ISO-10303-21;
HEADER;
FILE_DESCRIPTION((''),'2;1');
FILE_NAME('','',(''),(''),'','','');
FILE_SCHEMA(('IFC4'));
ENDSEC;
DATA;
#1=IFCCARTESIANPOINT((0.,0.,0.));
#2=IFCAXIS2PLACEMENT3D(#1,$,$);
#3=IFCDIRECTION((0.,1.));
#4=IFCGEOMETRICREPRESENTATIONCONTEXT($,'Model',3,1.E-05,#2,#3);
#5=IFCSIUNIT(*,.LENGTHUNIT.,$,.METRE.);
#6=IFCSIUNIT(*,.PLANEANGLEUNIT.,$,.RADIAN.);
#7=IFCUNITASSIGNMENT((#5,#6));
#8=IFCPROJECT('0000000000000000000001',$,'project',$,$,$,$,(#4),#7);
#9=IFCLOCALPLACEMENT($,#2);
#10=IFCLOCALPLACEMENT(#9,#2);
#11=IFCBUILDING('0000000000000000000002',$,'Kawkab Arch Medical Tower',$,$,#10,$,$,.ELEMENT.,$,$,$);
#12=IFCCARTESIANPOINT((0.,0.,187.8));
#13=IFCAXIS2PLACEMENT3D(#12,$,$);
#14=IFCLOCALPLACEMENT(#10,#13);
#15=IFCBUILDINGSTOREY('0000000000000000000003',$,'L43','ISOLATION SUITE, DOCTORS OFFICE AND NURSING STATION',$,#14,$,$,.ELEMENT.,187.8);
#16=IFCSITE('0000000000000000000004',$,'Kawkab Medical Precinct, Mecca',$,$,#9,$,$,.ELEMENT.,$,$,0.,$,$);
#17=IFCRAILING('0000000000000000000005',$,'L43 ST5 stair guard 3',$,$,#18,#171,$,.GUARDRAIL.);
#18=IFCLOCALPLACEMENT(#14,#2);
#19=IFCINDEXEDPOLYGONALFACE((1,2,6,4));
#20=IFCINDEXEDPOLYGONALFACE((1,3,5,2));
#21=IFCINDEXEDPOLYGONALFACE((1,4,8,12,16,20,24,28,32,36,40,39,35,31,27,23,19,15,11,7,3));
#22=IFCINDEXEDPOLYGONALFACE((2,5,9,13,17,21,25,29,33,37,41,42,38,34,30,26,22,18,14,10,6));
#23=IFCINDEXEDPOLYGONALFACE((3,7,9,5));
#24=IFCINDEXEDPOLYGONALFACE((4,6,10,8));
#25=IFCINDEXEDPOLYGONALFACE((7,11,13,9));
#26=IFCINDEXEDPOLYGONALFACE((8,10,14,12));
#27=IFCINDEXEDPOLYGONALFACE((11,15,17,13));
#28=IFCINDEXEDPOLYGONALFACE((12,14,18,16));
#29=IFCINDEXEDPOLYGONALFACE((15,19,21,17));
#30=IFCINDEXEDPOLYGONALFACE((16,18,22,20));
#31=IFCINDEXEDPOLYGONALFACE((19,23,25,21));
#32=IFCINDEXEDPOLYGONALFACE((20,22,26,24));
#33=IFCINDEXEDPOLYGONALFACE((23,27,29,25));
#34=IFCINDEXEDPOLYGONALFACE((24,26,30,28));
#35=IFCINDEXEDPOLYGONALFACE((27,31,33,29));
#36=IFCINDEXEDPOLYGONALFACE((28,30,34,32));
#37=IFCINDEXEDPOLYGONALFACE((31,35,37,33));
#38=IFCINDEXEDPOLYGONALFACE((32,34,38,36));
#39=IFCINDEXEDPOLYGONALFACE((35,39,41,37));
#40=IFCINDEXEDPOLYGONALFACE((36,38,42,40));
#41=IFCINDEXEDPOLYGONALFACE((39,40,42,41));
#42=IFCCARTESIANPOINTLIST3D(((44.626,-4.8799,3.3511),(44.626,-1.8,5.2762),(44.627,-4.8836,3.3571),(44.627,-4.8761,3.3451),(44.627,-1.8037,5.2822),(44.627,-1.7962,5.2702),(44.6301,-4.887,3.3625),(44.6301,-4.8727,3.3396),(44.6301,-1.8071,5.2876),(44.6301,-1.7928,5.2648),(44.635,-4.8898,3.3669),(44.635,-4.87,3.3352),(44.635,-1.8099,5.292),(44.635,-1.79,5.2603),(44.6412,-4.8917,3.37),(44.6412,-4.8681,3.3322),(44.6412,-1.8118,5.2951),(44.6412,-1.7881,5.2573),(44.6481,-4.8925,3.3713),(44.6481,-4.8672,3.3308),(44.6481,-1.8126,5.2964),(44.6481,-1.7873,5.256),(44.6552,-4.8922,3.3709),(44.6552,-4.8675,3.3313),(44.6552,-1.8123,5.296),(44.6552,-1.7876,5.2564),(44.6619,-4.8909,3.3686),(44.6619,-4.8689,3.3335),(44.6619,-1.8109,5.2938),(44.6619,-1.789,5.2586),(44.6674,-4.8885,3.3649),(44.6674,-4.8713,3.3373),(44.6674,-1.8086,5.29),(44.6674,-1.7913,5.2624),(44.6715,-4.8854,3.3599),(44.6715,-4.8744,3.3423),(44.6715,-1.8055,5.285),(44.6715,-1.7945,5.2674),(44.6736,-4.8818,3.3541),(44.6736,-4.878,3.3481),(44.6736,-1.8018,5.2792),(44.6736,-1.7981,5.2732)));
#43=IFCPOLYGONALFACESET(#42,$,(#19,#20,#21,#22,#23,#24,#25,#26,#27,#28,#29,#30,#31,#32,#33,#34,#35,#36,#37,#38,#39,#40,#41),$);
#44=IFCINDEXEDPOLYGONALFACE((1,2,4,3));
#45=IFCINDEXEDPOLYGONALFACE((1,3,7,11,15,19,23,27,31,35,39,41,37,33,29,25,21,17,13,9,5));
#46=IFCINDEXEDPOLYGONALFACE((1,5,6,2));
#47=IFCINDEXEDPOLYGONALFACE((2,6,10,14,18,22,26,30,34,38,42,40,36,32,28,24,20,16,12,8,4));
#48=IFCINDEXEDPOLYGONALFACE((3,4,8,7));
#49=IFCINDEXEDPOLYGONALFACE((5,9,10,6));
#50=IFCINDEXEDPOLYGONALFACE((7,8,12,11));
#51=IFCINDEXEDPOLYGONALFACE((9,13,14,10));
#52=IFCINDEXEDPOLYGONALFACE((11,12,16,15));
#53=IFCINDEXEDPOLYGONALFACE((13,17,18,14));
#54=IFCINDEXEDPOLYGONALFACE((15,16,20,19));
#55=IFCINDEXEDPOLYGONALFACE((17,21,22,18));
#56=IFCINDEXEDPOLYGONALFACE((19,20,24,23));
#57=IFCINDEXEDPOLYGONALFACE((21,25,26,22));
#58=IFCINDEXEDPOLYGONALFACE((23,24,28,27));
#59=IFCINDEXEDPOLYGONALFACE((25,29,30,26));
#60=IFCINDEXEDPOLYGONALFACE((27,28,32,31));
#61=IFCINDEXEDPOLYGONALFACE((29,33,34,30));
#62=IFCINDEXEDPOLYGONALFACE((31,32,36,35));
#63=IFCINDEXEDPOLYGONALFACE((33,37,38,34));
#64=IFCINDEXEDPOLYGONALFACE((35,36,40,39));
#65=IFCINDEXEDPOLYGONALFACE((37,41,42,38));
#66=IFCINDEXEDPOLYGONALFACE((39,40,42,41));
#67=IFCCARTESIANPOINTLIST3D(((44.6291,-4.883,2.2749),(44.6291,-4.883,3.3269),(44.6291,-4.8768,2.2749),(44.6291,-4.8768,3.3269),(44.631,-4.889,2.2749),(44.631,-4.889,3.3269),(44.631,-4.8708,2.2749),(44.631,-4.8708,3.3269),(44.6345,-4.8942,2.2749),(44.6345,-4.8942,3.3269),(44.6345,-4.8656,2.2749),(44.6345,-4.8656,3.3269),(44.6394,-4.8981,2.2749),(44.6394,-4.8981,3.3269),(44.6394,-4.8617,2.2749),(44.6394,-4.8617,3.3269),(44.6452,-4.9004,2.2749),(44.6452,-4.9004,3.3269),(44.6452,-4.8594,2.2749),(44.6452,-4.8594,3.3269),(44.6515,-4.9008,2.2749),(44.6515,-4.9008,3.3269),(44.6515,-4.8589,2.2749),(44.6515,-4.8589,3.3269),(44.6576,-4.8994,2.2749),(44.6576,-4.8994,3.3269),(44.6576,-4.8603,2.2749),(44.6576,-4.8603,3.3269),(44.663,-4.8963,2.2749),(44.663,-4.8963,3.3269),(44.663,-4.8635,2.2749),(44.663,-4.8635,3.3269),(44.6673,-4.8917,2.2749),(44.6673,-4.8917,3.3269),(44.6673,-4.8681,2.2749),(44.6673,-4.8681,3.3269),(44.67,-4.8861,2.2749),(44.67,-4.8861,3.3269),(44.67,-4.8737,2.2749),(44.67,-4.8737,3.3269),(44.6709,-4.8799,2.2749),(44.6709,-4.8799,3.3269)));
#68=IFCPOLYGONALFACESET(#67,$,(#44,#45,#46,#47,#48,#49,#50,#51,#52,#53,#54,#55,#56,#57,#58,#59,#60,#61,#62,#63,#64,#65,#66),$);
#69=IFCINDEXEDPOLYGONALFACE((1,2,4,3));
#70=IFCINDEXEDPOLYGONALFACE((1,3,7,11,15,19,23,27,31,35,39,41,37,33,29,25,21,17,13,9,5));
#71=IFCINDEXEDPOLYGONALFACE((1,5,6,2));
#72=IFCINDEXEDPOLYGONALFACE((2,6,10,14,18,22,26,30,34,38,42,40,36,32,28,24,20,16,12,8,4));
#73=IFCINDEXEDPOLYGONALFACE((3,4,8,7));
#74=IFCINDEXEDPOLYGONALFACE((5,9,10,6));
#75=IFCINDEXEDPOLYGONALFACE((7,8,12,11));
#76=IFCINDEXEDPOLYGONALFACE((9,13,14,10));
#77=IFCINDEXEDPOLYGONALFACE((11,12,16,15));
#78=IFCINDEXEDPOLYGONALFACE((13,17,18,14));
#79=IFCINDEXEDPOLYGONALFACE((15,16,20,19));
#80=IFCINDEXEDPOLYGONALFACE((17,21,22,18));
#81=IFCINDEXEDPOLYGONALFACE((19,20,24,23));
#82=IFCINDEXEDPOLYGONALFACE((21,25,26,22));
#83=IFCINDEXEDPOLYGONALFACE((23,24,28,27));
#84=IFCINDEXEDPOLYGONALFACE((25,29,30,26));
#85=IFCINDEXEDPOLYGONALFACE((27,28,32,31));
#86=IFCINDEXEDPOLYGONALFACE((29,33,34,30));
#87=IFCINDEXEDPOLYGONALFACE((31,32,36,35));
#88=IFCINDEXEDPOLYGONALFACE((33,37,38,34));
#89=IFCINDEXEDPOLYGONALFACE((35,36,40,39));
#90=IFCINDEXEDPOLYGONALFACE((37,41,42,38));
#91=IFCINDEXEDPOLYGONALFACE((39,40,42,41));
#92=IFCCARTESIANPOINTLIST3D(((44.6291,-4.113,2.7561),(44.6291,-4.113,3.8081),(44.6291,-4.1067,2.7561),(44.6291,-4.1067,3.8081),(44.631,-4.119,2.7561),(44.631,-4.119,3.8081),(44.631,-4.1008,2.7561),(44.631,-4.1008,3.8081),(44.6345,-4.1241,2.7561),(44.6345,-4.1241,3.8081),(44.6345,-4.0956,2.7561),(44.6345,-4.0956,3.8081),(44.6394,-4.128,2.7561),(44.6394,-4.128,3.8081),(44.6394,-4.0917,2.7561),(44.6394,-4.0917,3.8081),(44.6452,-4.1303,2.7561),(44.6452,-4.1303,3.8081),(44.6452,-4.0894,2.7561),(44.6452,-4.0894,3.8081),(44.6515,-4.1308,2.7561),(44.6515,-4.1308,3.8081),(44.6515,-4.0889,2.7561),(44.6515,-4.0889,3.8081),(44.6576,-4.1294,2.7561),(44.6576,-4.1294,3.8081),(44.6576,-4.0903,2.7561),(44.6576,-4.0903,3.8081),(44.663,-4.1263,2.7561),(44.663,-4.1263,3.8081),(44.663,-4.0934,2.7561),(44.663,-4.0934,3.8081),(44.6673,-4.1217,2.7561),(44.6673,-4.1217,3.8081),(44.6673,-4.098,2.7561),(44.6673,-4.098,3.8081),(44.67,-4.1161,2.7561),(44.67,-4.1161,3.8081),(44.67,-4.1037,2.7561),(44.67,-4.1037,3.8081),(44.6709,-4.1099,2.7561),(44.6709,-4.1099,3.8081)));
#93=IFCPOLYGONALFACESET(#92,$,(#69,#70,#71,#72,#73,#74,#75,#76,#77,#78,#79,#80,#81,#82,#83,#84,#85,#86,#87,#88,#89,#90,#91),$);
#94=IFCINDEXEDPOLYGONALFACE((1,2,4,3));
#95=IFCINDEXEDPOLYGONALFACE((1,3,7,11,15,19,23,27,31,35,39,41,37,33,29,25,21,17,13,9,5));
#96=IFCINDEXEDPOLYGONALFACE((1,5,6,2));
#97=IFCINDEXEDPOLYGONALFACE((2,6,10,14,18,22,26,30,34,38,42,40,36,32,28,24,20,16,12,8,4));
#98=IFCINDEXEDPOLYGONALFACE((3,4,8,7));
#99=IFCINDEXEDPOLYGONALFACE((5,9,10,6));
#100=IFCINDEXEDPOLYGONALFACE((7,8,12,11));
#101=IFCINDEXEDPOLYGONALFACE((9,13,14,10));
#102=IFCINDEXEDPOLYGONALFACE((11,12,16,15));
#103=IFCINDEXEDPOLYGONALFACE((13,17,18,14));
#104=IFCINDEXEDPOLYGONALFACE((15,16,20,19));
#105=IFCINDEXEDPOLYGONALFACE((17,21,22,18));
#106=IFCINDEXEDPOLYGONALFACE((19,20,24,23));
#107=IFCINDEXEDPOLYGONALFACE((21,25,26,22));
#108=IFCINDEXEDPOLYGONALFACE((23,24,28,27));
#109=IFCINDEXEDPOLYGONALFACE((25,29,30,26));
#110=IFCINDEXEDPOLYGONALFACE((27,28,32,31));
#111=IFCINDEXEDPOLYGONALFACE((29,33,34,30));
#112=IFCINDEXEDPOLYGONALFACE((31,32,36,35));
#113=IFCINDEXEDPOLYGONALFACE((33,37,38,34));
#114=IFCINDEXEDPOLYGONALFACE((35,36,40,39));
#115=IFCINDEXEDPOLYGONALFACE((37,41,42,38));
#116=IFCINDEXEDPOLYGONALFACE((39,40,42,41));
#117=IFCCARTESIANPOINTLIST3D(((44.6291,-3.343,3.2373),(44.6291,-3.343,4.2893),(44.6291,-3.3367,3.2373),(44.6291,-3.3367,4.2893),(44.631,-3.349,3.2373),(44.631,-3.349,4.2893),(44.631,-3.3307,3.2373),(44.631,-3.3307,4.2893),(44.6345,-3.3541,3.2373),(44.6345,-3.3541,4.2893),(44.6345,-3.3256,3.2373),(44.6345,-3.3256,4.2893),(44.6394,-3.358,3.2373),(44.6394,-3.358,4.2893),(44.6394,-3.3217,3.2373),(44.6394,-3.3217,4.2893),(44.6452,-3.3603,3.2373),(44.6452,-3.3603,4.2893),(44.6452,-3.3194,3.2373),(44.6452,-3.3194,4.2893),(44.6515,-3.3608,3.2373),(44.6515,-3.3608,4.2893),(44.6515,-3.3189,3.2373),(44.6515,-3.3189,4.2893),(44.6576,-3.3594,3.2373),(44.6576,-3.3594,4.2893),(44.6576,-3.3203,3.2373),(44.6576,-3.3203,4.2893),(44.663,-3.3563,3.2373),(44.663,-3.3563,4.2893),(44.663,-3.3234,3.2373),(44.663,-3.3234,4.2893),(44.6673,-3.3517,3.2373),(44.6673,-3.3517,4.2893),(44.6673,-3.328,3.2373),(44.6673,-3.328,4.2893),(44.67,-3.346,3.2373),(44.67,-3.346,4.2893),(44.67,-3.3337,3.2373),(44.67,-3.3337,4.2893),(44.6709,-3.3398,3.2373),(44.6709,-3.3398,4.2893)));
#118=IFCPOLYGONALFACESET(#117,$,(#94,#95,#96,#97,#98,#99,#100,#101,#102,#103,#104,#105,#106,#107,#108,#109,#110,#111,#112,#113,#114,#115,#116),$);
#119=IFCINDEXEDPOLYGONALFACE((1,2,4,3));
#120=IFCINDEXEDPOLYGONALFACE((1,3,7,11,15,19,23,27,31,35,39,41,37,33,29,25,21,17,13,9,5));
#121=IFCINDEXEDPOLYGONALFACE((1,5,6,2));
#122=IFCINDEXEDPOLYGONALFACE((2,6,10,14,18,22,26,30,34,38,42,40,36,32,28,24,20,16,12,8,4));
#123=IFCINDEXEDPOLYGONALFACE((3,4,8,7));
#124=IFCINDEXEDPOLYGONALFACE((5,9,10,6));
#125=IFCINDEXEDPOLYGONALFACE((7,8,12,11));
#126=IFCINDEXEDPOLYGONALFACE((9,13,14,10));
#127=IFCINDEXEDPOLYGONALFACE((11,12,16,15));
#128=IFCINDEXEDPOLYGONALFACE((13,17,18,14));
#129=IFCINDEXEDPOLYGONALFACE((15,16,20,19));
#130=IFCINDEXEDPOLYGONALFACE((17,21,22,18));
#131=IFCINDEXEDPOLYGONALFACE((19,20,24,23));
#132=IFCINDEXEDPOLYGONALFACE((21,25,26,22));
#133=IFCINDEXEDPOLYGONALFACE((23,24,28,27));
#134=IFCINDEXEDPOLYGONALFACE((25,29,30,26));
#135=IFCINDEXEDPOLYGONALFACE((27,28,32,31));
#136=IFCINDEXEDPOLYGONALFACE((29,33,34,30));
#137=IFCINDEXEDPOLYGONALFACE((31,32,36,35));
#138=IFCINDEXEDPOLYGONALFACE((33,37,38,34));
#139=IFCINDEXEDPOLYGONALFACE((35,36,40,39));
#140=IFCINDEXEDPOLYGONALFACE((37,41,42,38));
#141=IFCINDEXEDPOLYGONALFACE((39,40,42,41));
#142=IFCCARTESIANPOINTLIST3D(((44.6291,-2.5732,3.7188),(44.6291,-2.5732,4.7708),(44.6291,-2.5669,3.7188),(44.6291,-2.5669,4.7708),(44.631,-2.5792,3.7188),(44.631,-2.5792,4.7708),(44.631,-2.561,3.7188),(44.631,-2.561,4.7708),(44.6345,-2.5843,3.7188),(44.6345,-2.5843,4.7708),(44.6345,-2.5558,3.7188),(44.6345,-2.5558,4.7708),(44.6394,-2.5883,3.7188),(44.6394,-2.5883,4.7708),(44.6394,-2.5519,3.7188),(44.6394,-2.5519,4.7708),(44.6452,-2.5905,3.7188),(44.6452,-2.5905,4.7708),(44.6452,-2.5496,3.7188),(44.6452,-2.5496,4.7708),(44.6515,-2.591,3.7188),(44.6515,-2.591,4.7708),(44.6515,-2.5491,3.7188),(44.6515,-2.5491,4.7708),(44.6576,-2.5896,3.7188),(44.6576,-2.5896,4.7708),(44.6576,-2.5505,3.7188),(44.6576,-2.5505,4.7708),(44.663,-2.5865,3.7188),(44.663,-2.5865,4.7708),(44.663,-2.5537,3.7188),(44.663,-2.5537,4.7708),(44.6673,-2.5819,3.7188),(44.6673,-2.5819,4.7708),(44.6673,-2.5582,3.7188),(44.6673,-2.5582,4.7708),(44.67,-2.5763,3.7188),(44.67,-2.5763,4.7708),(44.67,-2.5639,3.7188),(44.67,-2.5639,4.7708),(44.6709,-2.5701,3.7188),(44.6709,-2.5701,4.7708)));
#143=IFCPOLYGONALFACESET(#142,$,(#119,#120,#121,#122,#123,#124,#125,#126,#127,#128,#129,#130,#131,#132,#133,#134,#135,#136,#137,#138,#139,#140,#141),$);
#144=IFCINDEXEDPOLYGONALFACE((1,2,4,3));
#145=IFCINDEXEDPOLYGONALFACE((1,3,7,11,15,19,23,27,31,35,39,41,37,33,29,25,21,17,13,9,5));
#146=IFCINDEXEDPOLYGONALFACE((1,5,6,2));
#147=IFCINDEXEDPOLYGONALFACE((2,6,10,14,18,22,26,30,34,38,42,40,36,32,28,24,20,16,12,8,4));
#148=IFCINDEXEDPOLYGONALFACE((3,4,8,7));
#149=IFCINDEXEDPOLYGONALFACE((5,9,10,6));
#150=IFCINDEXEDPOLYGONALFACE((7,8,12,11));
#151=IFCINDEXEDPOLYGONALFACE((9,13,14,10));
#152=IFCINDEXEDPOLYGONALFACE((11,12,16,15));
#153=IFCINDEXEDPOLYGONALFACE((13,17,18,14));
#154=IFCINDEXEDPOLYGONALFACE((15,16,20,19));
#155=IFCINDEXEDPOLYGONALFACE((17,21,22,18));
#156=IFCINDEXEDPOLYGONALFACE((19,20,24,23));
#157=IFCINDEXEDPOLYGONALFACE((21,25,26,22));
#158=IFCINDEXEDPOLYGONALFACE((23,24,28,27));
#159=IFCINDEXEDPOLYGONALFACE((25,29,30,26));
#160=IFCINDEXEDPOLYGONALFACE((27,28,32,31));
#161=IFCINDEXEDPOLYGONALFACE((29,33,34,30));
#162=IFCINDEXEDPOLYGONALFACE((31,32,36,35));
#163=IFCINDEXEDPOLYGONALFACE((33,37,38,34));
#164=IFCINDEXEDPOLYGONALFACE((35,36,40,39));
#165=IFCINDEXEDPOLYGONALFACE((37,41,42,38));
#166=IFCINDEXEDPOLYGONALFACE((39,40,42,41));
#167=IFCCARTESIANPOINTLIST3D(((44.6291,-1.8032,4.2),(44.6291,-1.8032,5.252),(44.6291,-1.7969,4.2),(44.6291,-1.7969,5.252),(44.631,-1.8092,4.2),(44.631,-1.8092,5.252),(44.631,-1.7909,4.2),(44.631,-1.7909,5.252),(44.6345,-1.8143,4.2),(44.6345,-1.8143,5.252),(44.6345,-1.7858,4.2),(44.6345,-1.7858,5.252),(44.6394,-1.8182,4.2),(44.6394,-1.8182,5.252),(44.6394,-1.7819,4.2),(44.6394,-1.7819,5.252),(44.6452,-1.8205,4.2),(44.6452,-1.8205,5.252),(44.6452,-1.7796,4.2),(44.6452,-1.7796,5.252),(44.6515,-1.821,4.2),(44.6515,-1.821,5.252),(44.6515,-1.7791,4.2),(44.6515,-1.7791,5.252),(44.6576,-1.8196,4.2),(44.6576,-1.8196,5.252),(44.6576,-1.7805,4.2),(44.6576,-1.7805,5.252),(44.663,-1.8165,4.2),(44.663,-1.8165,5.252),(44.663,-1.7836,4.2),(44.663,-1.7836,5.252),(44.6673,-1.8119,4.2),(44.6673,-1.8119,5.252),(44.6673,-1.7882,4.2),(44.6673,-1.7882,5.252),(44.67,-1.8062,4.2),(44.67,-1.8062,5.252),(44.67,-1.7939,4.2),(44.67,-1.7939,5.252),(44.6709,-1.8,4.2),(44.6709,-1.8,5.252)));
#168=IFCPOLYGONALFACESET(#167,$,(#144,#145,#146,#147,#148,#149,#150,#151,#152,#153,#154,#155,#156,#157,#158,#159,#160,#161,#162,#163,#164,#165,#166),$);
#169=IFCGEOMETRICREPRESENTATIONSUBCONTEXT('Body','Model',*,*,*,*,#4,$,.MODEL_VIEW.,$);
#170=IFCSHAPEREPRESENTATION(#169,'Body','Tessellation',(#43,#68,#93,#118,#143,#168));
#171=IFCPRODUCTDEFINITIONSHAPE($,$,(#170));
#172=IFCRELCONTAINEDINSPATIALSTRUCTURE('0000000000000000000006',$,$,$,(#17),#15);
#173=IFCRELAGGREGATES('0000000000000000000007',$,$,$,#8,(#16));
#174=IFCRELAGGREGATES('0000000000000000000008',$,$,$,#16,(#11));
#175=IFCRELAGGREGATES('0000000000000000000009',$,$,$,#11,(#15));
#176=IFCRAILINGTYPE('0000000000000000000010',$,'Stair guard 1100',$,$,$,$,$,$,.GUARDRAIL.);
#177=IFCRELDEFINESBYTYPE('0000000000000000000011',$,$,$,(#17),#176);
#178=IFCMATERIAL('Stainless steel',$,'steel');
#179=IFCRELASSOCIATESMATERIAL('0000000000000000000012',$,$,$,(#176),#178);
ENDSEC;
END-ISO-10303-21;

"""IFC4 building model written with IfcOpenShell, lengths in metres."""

from ifc_helpers import new_model, si_unit, direction, frame, origin, origin_2d, place, context, subcontext, project, spatial, circle, extrude, material, type_object, element, save


model = new_model("IFC4")

# Units and contexts
model_context = context("Model", 3, precision=1e-05, world=origin(), true_north=direction((0.0, 1.0)))
body_context = subcontext(model_context, "Body", "Model", "MODEL_VIEW")
ifc_project = project(units=[si_unit("LENGTHUNIT", "METRE"), si_unit("PLANEANGLEUNIT", "RADIAN")], contexts=[model_context])

# Site, building, storey
site_placement = place(None, origin())
site = spatial("IfcSite", under=ifc_project, at=site_placement, Name="Kawkab Medical Precinct, Mecca", CompositionType="ELEMENT", RefElevation=0.0)
building_placement = place(site_placement, origin())
building = spatial("IfcBuilding", under=site, at=building_placement, Name="Kawkab Arch Medical Tower", CompositionType="ELEMENT")
storey_placement = place(building_placement, frame((0.0, 0.0, 187.8)))
storey = spatial("IfcBuildingStorey", under=building, at=storey_placement, Name="L43", Description="ISOLATION SUITE, DOCTORS OFFICE AND NURSING STATION", CompositionType="ELEMENT", Elevation=187.8)

# Railing
ifc_material_1 = material(Name="Stainless steel", Category="steel")
railing_type = type_object("IfcRailingType", Name="Stair guard 1100", PredefinedType="GUARDRAIL", material=ifc_material_1)
railing_placement = place(storey_placement, frame((44.6499, -4.8799, 2.2749)))
element("IfcRailing", 1, at=railing_placement, inside=storey, type_object=railing_type, Name="L43 ST5 stair guard 3", PredefinedType="GUARDRAIL", context=body_context, shape_type="SweptSolid", body=[
    extrude(circle(Radius=0.0239, at=origin_2d()), frame((0.0, 0.0, 1.0762), z_axis=(0.0, 0.847979, 0.530029), x_axis=(-1.0, 0.0, 0.0)), (0.0, 0.0, 1.0), 3.6321),
    extrude(circle(Radius=0.021, at=origin_2d()), origin(), (0.0, 0.0, 1.0), 1.052),
    extrude(circle(Radius=0.021, at=origin_2d()), frame((0.0, 0.77, 0.4812)), (0.0, 0.0, 1.0), 1.052),
    extrude(circle(Radius=0.021, at=origin_2d()), frame((0.0, 1.54, 0.9624)), (0.0, 0.0, 1.0), 1.052),
    extrude(circle(Radius=0.021, at=origin_2d()), frame((0.0, 2.3098, 1.4438)), (0.0, 0.0, 1.0), 1.052),
    extrude(circle(Radius=0.021, at=origin_2d()), frame((0.0, 3.0798, 1.925)), (0.0, 0.0, 1.0), 1.052),
])

save(model, "model.ifc")
